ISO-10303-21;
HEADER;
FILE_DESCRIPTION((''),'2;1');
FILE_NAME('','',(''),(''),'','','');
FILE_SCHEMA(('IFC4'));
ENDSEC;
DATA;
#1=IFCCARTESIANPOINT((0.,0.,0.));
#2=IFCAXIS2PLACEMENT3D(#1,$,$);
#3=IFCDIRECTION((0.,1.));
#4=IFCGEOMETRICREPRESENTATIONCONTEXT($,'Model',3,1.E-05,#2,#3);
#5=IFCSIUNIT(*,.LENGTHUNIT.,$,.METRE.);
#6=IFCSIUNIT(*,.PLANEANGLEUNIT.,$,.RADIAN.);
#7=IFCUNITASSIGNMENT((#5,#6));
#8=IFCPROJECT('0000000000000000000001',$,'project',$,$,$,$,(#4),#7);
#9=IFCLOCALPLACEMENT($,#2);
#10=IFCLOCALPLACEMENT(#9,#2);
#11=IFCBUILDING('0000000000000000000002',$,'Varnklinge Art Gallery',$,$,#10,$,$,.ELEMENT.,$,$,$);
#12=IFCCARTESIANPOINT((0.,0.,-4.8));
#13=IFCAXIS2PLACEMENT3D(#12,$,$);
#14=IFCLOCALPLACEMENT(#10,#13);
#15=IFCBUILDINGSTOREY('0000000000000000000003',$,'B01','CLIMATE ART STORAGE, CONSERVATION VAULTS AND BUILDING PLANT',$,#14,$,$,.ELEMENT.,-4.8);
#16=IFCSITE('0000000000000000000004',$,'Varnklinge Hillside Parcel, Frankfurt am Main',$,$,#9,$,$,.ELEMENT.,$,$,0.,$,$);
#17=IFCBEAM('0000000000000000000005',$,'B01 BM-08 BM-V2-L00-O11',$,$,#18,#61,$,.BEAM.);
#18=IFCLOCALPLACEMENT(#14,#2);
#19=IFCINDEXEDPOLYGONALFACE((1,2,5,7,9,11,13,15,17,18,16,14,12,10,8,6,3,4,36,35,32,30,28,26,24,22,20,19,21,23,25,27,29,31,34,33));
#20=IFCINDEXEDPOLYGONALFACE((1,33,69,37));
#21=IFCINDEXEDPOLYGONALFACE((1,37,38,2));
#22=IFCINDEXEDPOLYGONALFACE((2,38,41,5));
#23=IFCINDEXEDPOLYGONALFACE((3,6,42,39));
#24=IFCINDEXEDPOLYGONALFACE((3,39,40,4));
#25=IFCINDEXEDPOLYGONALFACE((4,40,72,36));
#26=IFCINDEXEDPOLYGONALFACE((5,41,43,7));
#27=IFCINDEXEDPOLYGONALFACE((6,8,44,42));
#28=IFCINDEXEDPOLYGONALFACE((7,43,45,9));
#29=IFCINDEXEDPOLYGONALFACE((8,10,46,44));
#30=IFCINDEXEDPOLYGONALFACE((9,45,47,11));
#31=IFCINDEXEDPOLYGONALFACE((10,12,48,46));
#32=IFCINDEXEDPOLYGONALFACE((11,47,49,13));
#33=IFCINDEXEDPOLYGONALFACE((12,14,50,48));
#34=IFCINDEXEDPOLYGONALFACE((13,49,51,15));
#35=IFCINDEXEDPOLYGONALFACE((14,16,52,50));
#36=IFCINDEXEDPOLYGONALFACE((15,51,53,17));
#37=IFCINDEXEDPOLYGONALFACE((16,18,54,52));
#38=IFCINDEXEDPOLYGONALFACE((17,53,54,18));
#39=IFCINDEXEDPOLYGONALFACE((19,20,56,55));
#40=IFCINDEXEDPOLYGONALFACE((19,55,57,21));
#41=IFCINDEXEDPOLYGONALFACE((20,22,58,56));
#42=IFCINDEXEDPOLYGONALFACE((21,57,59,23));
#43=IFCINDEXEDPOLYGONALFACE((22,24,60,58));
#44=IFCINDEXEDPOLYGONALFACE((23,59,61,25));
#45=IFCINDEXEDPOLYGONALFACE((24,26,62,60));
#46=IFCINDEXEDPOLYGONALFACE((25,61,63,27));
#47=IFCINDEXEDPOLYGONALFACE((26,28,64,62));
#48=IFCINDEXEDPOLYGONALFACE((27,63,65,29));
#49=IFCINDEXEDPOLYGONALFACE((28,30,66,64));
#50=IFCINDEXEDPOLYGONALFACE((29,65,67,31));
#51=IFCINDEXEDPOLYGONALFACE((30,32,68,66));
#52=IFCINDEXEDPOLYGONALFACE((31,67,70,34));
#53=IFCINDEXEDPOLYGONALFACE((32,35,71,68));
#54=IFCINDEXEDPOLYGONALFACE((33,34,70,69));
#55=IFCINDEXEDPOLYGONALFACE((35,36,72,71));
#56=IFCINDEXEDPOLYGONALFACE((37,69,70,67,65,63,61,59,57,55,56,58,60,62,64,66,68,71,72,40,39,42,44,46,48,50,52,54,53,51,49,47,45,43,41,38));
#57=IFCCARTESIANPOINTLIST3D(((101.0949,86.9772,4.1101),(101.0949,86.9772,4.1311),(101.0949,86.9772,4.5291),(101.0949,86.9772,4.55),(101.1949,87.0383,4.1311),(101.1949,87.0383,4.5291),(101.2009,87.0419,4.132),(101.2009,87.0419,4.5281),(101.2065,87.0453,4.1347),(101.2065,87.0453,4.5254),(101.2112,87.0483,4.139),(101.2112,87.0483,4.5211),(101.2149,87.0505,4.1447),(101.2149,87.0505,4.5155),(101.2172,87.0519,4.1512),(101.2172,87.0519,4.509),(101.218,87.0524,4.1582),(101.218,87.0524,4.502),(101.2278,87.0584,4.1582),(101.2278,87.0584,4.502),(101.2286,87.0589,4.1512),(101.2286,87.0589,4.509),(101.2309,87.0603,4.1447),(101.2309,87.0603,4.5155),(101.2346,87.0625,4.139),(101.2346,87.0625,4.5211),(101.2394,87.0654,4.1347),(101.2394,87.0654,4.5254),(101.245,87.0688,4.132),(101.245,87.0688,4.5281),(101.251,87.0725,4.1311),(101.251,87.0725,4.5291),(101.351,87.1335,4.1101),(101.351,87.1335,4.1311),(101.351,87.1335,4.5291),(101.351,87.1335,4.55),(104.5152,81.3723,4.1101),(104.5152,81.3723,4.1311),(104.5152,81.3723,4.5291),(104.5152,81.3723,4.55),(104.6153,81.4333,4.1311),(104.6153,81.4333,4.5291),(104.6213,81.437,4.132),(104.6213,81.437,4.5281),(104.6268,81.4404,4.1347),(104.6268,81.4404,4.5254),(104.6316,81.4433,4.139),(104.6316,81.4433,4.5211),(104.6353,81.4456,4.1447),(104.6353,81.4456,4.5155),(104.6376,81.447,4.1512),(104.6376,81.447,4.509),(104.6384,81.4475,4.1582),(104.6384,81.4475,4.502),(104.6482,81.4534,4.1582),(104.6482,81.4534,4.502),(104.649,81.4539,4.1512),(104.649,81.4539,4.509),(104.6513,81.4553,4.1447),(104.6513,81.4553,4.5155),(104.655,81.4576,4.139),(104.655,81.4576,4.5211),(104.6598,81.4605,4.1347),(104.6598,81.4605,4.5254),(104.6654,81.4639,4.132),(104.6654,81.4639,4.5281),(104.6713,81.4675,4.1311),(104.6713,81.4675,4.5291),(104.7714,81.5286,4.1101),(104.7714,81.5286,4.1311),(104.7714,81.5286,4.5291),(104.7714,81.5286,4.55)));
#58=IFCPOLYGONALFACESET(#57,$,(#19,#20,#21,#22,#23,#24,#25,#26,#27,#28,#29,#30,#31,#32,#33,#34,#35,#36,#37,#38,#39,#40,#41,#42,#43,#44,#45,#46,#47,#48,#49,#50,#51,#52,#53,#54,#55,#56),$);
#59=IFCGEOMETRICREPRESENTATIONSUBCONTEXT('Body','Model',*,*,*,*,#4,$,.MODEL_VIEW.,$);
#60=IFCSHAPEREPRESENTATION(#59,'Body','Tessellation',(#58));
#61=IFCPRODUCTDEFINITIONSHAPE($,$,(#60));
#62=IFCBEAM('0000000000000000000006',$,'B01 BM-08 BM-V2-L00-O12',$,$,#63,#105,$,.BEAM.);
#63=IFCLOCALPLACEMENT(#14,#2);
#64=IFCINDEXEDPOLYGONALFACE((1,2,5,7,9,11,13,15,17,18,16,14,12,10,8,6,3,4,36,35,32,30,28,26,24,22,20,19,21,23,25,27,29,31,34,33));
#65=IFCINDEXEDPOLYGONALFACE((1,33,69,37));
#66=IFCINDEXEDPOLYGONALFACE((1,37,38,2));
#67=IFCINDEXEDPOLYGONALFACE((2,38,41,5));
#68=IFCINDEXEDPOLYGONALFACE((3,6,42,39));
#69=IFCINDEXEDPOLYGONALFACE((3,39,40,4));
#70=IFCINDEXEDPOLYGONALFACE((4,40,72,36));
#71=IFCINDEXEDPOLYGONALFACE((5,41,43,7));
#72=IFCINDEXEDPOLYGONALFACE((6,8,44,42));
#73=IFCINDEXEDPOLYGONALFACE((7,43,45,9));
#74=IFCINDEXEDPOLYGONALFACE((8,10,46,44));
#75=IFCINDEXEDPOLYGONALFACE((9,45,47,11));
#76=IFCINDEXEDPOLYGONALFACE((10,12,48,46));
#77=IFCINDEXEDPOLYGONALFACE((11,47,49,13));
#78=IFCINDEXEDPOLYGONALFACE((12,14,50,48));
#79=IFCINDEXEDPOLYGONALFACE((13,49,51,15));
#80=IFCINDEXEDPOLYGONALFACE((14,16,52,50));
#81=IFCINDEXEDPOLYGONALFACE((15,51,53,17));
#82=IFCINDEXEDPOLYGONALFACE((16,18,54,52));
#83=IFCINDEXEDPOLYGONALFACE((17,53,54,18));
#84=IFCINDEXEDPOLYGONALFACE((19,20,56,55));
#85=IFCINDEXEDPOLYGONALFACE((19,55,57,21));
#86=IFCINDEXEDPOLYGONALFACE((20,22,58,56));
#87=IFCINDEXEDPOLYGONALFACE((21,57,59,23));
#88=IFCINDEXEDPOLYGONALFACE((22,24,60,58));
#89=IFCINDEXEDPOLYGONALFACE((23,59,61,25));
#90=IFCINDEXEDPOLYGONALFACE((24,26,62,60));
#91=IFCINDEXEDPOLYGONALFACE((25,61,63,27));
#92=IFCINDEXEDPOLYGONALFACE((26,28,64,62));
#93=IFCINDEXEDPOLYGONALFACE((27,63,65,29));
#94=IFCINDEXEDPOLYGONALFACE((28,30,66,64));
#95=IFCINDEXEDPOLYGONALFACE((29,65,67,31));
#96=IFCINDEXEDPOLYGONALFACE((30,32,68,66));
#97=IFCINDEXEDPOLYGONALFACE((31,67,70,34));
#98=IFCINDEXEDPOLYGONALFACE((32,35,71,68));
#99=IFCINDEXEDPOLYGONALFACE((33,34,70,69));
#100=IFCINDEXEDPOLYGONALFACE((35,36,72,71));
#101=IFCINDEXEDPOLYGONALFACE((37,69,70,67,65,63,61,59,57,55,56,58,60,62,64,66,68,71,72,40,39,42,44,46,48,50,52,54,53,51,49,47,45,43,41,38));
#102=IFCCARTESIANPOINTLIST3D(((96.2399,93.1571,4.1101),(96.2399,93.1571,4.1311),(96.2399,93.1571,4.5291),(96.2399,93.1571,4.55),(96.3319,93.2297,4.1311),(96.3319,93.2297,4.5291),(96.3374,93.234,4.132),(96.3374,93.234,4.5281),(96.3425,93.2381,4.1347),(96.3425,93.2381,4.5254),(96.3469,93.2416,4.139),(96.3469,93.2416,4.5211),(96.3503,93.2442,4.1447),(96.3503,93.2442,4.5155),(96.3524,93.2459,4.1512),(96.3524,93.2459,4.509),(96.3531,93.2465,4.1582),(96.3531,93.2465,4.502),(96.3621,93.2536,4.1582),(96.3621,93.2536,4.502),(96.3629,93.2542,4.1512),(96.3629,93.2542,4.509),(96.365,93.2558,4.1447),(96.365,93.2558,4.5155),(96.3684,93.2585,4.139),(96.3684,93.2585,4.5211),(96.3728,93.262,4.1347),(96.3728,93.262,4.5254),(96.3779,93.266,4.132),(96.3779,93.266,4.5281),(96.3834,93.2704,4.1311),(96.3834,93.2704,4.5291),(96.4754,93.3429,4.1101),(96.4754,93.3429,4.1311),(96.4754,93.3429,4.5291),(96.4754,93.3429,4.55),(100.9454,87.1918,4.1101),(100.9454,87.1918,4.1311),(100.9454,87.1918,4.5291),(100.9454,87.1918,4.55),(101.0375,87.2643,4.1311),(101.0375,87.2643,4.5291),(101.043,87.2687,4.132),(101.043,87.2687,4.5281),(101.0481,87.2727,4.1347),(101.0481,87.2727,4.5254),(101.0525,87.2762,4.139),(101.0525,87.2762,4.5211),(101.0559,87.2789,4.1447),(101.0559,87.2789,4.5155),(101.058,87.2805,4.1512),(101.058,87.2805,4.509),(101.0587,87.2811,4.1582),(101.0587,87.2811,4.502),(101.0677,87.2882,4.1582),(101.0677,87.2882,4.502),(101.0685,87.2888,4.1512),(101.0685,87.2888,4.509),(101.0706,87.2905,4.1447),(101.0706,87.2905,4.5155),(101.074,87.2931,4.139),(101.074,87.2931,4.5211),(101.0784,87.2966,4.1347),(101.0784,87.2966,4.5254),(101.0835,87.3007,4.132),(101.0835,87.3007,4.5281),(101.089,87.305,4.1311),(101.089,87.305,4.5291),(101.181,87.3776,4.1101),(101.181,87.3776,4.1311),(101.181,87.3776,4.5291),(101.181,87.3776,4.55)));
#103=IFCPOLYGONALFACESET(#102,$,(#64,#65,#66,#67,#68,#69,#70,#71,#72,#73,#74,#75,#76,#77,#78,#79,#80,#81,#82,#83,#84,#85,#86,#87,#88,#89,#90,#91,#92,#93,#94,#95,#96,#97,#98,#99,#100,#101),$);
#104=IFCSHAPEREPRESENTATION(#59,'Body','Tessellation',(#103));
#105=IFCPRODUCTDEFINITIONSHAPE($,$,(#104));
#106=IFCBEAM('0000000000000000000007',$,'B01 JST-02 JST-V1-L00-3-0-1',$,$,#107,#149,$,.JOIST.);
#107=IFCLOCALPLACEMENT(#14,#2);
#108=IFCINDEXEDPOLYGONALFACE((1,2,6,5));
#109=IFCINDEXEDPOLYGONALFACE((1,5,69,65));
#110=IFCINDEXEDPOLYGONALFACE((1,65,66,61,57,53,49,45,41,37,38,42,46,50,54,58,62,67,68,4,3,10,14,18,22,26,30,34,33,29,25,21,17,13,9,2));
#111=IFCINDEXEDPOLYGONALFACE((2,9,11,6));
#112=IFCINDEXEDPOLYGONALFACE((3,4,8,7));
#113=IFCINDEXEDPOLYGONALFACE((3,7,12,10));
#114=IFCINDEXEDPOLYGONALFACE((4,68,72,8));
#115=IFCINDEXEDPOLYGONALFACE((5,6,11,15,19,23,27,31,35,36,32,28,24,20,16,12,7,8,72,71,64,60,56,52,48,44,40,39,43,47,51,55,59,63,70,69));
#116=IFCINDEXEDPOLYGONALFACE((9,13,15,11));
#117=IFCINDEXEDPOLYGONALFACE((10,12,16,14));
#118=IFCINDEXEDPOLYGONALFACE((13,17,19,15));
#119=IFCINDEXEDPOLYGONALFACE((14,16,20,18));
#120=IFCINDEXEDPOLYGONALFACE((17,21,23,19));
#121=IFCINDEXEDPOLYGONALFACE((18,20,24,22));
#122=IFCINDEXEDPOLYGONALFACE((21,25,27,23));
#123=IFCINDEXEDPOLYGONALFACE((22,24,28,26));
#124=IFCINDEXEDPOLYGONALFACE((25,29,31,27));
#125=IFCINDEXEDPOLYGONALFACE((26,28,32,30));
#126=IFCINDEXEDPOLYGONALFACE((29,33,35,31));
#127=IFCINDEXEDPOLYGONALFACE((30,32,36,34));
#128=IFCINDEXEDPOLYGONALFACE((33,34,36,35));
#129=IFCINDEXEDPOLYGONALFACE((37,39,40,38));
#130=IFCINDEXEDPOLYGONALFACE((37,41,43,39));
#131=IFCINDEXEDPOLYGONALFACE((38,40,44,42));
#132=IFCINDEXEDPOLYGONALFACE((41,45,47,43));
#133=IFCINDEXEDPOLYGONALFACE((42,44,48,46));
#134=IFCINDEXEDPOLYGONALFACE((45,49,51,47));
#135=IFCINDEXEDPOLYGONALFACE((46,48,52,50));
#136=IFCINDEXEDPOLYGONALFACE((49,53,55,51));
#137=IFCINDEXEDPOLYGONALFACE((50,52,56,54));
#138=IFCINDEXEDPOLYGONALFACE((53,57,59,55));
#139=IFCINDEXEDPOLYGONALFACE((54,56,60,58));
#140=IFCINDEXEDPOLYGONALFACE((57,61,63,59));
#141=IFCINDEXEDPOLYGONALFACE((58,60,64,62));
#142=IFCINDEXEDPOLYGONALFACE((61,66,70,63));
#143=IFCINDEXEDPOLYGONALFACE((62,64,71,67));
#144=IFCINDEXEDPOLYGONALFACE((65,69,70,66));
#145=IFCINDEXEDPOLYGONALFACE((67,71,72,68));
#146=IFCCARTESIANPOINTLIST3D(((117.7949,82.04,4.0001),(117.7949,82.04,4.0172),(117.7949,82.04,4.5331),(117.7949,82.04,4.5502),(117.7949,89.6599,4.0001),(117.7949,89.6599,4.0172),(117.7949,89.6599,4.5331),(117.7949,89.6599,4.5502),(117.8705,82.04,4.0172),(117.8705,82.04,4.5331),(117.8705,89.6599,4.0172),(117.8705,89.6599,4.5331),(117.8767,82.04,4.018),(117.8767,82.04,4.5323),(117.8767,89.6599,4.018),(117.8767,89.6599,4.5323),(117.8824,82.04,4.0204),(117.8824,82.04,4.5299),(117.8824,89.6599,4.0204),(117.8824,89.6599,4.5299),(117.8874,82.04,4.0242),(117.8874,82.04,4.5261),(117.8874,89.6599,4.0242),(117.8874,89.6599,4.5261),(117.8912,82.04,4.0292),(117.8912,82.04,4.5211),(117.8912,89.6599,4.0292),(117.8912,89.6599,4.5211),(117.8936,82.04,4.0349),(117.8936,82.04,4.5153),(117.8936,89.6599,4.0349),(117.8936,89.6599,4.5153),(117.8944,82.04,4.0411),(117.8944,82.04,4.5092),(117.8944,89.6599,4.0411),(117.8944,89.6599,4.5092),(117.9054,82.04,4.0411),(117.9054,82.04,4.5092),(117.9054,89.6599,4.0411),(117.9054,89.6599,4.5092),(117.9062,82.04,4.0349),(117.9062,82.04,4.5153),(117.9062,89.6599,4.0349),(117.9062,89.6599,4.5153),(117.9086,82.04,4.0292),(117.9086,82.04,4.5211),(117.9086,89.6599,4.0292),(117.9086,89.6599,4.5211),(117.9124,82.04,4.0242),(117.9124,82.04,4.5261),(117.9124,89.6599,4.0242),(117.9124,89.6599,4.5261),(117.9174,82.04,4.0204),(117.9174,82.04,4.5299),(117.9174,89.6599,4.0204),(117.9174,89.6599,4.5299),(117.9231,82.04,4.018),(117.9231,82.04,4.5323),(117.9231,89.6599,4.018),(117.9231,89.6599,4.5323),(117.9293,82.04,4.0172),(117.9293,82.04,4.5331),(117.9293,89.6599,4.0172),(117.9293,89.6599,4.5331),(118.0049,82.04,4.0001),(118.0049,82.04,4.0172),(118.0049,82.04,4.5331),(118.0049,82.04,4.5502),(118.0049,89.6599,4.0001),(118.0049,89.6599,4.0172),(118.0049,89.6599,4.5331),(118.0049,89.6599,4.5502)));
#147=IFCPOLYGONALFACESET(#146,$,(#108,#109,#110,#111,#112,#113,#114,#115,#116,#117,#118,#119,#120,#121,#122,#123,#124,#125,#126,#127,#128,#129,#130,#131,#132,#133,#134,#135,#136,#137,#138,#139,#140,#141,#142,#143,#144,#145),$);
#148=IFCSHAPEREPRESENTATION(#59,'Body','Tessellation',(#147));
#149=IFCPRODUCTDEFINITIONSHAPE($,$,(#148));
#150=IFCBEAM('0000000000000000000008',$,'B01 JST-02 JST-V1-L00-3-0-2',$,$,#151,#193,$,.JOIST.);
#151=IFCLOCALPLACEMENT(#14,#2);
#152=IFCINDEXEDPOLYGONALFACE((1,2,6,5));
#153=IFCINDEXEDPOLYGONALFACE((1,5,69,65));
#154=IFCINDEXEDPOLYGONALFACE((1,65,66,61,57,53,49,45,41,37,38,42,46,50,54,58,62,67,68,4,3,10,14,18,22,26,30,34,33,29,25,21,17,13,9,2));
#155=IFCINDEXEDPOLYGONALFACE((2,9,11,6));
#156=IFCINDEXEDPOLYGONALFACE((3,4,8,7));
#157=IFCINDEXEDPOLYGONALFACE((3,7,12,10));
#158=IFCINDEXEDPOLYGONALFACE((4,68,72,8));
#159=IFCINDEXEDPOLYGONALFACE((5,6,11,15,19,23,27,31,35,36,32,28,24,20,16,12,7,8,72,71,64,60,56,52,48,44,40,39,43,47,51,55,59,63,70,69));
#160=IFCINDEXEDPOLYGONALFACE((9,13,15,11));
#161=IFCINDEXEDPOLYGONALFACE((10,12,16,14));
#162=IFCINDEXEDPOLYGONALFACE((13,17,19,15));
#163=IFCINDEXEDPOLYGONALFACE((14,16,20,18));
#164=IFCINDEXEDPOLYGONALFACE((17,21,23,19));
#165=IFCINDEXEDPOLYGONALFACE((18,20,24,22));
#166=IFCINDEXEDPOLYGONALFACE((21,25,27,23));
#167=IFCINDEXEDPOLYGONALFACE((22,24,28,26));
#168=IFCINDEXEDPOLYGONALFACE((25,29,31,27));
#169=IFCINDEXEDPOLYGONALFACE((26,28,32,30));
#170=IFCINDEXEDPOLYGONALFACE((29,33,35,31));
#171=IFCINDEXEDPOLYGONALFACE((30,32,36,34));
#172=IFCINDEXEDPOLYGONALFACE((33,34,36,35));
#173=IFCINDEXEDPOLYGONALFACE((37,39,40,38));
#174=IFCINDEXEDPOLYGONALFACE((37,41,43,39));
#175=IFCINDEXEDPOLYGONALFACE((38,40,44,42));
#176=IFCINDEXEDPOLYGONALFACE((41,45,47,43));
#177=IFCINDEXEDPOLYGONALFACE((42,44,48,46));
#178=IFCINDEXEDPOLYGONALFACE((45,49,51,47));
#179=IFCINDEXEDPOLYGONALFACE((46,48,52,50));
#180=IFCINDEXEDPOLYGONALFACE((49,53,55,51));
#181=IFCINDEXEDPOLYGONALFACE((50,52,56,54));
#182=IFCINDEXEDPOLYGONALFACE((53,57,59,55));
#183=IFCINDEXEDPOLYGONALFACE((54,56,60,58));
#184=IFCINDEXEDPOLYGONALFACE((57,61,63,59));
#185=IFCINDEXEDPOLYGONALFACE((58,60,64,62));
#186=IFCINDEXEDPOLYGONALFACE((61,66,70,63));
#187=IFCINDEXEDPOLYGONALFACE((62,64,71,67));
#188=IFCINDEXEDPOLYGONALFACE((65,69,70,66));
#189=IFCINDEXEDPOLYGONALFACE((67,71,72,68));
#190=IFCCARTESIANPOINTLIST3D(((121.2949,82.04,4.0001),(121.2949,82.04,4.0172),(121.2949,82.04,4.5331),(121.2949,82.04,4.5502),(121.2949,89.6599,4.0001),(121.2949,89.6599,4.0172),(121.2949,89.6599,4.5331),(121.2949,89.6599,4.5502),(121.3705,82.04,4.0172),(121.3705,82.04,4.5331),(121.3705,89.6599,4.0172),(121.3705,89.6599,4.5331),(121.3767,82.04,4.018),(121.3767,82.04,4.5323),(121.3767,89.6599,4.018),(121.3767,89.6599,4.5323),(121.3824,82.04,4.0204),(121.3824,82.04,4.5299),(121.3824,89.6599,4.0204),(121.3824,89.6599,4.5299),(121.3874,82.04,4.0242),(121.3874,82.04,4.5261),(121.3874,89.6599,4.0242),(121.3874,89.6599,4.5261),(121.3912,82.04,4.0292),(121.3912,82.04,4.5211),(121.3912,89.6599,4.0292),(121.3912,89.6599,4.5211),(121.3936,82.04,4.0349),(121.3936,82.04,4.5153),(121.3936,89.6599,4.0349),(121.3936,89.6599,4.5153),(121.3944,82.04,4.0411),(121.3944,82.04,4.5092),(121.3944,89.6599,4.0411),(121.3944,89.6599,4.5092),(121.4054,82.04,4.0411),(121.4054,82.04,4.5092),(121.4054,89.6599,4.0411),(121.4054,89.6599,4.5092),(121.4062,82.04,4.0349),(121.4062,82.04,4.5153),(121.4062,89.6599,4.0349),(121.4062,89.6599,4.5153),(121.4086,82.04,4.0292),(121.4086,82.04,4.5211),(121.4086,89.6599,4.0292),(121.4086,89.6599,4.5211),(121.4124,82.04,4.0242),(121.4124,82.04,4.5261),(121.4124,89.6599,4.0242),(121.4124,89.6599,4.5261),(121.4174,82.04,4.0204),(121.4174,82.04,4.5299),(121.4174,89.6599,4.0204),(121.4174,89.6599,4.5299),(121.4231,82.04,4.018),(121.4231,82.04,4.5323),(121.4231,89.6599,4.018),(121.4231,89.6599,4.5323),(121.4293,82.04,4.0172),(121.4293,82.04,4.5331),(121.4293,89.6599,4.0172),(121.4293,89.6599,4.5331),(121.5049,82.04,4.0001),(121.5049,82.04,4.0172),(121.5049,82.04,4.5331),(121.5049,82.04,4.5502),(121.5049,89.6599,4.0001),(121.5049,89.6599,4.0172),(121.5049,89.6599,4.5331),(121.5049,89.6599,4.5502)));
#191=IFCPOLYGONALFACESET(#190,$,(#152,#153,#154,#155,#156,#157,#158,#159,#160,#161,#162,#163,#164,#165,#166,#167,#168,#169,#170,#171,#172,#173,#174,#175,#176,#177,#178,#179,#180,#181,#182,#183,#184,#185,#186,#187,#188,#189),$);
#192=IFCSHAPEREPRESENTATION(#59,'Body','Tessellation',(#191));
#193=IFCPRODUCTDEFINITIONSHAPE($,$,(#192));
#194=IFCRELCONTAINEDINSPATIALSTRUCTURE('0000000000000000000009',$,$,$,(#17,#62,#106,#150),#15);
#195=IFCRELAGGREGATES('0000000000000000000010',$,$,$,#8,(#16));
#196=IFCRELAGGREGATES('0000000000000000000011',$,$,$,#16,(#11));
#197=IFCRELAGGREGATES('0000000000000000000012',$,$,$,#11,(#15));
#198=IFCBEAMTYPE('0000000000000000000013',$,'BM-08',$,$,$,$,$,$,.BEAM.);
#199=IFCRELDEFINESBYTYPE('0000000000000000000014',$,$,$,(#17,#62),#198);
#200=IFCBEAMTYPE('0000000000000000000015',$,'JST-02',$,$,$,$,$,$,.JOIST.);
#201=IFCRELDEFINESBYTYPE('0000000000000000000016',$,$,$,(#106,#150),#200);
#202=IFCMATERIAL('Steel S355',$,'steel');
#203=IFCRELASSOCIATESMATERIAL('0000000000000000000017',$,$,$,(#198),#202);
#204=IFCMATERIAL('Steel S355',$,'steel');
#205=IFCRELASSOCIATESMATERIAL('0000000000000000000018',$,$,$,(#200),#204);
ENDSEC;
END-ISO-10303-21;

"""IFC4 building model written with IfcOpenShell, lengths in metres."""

from ifc_helpers import new_model, si_unit, direction, frame, origin, origin_2d, place, context, subcontext, project, spatial, i_section, extrude, material, material_profile, profile_set, type_object, element, save


model = new_model("IFC4")

# Units and contexts
model_context = context("Model", 3, precision=1e-05, world=origin(), true_north=direction((0.0, 1.0)))
body_context = subcontext(model_context, "Body", "Model", "MODEL_VIEW")
ifc_project = project(units=[si_unit("LENGTHUNIT", "METRE"), si_unit("PLANEANGLEUNIT", "RADIAN")], contexts=[model_context])

# Site, building, storey
site_placement = place(None, origin())
site = spatial("IfcSite", under=ifc_project, at=site_placement, Name="Varnklinge Hillside Parcel, Frankfurt am Main", CompositionType="ELEMENT", RefElevation=0.0)
building_placement = place(site_placement, origin())
building = spatial("IfcBuilding", under=site, at=building_placement, Name="Varnklinge Art Gallery", CompositionType="ELEMENT")
storey_placement = place(building_placement, frame((0.0, 0.0, -4.8)))
storey = spatial("IfcBuildingStorey", under=building, at=storey_placement, Name="B01", Description="CLIMATE ART STORAGE, CONSERVATION VAULTS AND BUILDING PLANT", CompositionType="ELEMENT", Elevation=-4.8)

# Beams
ifc_material_1 = material(Name="Steel S355", Category="steel")
ifc_material_profile_1 = material_profile(ifc_material_1, i_section(OverallWidth=0.3, OverallDepth=0.4399, WebThickness=0.0115, FlangeThickness=0.021, FilletRadius=0.0271, at=origin_2d()), Name="HEA 450")
ifc_profile_set_1 = profile_set([ifc_material_profile_1], Name="Steel S355")
beam_type_1 = type_object("IfcBeamType", Name="BM-08", PredefinedType="BEAM", material=ifc_profile_set_1)
beam_1_placement = place(storey_placement, frame((104.6433, 81.4504, 4.3301), z_axis=(-0.520911, 0.853611, 0.0), x_axis=(-0.853611, -0.520911, 0.0)))
element("IfcBeam", 1, at=beam_1_placement, inside=storey, type_object=beam_type_1, Name="B01 BM-08 BM-V2-L00-O11", PredefinedType="BEAM", context=body_context, shape_type="SweptSolid", body=[
    extrude(i_section(OverallWidth=0.3, OverallDepth=0.4399, WebThickness=0.0115, FlangeThickness=0.021, FilletRadius=0.0271, at=origin_2d()), origin(), (0.0, 0.0, 1.0), 6.5662),
])
beam_2_placement = place(storey_placement, frame((101.0632, 87.2847, 4.3301), z_axis=(-0.619328, 0.785133, 0.0), x_axis=(-0.785133, -0.619328, 0.0)))
element("IfcBeam", 2, at=beam_2_placement, inside=storey, type_object=beam_type_1, Name="B01 BM-08 BM-V2-L00-O12", PredefinedType="BEAM", context=body_context, shape_type="SweptSolid", body=[
    extrude(i_section(OverallWidth=0.3, OverallDepth=0.4399, WebThickness=0.0115, FlangeThickness=0.021, FilletRadius=0.0271, at=origin_2d()), origin(), (0.0, 0.0, 1.0), 7.5979),
])
ifc_material_2 = material(Name="Steel S355", Category="steel")
ifc_material_profile_2 = material_profile(ifc_material_2, i_section(OverallWidth=0.21, OverallDepth=0.55, WebThickness=0.011, FlangeThickness=0.0171, FilletRadius=0.0239, at=origin_2d()), Name="IPE 550")
ifc_profile_set_2 = profile_set([ifc_material_profile_2], Name="Steel S355")
beam_type_2 = type_object("IfcBeamType", Name="JST-02", PredefinedType="JOIST", material=ifc_profile_set_2)
for number, where, z_axis, x_axis, name in (
    (3, (117.8999, 82.04, 4.2751), (0.0, 1.0, 0.0), (-1.0, 0.0, 0.0), "B01 JST-02 JST-V1-L00-3-0-1"),
    (4, (121.3999, 82.04, 4.2751), (0.0, 1.0, 0.0), (-1.0, 0.0, 0.0), "B01 JST-02 JST-V1-L00-3-0-2"),
):
    element("IfcBeam", number, at=place(storey_placement, frame(where, z_axis=z_axis, x_axis=x_axis)), inside=storey, type_object=beam_type_2, Name=name, PredefinedType="JOIST", context=body_context, shape_type="SweptSolid", body=[
        extrude(i_section(OverallWidth=0.21, OverallDepth=0.55, WebThickness=0.011, FlangeThickness=0.0171, FilletRadius=0.0239, at=origin_2d()), origin(), (0.0, 0.0, 1.0), 7.6199),
    ])

save(model, "model.ifc")
